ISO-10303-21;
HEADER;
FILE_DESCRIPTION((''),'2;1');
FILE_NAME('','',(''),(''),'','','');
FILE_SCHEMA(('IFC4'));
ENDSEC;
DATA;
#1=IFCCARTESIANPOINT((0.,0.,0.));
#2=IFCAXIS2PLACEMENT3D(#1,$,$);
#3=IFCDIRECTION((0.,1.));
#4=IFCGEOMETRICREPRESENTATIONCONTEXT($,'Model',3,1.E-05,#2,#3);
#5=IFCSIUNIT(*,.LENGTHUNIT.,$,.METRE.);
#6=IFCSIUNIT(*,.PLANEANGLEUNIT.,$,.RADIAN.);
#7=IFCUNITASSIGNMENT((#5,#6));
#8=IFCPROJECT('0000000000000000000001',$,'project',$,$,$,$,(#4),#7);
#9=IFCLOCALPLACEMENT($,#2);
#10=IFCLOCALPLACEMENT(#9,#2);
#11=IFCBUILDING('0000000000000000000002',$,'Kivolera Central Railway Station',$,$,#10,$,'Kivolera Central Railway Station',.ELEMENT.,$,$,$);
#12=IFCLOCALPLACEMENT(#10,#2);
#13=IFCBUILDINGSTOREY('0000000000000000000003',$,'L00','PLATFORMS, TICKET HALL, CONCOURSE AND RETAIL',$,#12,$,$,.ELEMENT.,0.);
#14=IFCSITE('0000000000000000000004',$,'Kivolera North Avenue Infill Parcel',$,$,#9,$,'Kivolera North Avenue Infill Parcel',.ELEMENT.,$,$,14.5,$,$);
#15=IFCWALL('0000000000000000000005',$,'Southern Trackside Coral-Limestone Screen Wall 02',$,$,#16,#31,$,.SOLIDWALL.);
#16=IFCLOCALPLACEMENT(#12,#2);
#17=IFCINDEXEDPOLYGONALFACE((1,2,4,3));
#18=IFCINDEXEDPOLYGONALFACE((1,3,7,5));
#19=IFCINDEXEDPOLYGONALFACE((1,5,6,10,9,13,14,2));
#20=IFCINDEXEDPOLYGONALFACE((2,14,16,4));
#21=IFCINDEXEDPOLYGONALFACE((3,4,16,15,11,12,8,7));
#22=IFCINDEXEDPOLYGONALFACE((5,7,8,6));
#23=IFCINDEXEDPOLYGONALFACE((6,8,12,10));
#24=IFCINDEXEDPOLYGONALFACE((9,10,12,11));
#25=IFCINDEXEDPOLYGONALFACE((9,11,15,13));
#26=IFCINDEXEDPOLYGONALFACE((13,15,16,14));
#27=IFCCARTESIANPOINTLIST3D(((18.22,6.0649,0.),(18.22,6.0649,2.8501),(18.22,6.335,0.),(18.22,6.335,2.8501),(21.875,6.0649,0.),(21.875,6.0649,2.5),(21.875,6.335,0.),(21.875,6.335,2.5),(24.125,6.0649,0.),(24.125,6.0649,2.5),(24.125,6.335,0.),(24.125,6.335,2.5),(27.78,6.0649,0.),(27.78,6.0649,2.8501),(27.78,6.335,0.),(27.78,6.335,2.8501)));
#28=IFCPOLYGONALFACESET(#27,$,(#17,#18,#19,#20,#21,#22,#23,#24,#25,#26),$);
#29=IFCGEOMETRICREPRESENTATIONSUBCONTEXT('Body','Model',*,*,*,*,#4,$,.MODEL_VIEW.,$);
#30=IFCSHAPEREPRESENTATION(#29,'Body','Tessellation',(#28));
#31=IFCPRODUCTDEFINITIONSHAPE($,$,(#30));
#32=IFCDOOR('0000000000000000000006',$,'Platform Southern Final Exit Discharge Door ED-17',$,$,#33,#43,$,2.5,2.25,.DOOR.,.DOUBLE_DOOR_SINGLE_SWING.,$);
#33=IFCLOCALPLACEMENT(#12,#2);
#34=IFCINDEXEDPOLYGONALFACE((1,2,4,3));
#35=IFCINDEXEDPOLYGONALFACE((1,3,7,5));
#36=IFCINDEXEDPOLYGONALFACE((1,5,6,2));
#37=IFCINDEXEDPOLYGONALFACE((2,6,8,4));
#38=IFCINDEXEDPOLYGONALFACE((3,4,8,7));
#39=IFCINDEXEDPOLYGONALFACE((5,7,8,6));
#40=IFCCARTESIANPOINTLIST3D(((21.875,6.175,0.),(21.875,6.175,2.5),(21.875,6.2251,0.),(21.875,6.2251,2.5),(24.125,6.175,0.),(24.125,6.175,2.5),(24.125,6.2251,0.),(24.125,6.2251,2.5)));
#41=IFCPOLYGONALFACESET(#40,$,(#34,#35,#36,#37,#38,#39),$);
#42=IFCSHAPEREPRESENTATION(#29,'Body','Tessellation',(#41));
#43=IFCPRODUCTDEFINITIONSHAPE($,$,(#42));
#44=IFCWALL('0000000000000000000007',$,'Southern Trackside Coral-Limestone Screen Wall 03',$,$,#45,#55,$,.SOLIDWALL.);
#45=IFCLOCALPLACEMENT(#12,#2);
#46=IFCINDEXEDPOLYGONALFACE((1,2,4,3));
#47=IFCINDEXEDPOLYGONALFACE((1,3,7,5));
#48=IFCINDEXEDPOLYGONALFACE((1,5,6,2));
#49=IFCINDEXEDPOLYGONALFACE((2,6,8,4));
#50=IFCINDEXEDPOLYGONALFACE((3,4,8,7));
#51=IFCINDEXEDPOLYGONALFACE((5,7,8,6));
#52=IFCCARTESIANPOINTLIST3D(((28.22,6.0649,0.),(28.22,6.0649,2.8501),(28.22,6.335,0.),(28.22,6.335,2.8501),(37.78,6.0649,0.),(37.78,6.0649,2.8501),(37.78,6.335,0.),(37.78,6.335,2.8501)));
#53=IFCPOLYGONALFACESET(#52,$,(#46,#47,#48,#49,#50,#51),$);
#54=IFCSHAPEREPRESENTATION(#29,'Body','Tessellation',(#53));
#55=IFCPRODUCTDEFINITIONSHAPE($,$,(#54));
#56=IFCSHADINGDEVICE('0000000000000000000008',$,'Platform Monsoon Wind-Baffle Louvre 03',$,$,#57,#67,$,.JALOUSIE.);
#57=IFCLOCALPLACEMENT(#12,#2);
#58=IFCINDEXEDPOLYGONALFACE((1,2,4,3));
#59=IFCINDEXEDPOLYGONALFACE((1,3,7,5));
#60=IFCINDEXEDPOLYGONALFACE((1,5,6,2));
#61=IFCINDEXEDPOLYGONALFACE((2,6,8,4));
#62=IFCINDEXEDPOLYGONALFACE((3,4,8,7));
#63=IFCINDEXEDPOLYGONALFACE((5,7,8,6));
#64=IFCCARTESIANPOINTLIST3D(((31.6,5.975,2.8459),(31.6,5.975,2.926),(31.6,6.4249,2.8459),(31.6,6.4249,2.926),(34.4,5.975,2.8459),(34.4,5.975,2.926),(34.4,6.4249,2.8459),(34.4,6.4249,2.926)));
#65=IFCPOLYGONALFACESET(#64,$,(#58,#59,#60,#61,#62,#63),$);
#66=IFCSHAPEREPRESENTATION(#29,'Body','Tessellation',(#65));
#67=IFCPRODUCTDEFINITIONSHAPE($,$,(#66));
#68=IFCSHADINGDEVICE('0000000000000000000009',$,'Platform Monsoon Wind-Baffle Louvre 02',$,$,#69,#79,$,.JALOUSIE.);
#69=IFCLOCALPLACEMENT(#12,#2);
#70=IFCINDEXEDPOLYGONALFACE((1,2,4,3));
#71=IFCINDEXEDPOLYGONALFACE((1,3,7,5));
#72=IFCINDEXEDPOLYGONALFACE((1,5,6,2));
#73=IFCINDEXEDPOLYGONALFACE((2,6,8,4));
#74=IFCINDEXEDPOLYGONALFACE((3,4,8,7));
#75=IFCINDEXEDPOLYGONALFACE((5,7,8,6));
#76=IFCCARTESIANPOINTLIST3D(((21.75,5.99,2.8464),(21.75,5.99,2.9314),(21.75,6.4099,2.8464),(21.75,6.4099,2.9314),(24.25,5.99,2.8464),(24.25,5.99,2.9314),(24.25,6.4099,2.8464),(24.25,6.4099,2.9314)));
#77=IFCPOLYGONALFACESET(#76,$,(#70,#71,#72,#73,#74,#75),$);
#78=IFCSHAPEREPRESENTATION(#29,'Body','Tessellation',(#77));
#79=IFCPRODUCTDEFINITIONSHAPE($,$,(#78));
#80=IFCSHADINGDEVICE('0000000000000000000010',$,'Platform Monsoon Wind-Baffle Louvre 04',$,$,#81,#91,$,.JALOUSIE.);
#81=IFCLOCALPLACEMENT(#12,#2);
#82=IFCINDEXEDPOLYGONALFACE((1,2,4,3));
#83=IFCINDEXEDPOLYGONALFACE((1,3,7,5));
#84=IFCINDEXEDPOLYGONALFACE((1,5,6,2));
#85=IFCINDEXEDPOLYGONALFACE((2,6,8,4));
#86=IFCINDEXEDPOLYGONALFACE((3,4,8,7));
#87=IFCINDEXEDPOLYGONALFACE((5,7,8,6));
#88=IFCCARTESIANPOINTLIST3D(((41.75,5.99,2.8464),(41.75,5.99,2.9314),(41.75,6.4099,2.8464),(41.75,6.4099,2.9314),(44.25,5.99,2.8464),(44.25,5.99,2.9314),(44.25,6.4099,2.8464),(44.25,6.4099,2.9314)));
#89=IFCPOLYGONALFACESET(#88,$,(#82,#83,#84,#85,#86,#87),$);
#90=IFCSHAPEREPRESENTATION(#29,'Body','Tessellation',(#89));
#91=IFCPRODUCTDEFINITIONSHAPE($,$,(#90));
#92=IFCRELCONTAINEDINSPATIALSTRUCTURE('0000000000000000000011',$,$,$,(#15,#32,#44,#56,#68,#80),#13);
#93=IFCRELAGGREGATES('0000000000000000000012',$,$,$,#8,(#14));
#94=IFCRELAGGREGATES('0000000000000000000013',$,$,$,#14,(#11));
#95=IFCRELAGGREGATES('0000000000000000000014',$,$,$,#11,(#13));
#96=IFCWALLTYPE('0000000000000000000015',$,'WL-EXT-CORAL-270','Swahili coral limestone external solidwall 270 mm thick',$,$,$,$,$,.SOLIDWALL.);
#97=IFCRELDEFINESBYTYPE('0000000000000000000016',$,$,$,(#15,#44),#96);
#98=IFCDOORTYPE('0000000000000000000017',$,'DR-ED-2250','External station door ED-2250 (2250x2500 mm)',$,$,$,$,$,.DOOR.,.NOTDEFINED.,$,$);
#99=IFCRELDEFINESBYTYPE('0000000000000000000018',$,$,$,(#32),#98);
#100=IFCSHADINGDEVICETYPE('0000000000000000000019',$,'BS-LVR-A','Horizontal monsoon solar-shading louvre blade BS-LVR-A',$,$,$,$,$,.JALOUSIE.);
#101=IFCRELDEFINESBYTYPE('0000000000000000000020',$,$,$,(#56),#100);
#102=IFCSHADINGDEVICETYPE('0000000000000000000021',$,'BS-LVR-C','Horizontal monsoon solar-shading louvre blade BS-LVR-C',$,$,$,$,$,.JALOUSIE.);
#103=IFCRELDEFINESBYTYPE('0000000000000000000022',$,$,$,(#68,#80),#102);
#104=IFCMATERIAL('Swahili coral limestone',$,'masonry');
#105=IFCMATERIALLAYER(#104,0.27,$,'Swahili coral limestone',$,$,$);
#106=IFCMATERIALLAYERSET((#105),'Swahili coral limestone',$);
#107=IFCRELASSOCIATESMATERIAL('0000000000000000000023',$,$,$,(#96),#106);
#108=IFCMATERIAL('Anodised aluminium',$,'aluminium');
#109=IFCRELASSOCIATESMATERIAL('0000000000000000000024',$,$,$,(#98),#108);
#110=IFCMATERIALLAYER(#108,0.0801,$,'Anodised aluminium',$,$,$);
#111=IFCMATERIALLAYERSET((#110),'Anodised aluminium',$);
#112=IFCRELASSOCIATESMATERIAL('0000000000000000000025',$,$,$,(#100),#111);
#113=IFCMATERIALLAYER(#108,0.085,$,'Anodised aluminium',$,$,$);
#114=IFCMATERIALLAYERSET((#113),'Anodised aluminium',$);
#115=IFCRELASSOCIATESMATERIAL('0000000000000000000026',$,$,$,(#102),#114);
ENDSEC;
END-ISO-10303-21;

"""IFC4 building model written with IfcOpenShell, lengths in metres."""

from ifc_helpers import new_model, si_unit, direction, frame, frame_2d, origin, origin_2d, place, context, subcontext, project, spatial, rectangle, extrude, material, layer, layer_set, type_object, element, fill, save


model = new_model("IFC4")

# Units and contexts
model_context = context("Model", 3, precision=1e-05, world=origin(), true_north=direction((0.0, 1.0)))
body_context = subcontext(model_context, "Body", "Model", "MODEL_VIEW")
ifc_project = project(units=[si_unit("LENGTHUNIT", "METRE"), si_unit("PLANEANGLEUNIT", "RADIAN")], contexts=[model_context])

# Site, building, storey
site_placement = place(None, origin())
site = spatial("IfcSite", under=ifc_project, at=site_placement, Name="Kivolera North Avenue Infill Parcel", LongName="Kivolera North Avenue Infill Parcel", CompositionType="ELEMENT", RefElevation=14.5)
building_placement = place(site_placement, origin())
building = spatial("IfcBuilding", under=site, at=building_placement, Name="Kivolera Central Railway Station", LongName="Kivolera Central Railway Station", CompositionType="ELEMENT")
storey_placement = place(building_placement, origin())
storey = spatial("IfcBuildingStorey", under=building, at=storey_placement, Name="L00", Description="PLATFORMS, TICKET HALL, CONCOURSE AND RETAIL", CompositionType="ELEMENT", Elevation=0.0)

# Wall, opening, door
ifc_material_1 = material(Name="Swahili coral limestone", Category="masonry")
ifc_layer_1 = layer(ifc_material_1, 0.27, Name="Swahili coral limestone")
ifc_layer_set_1 = layer_set([ifc_layer_1], Name="Swahili coral limestone")
wall_type = type_object("IfcWallType", Name="WL-EXT-CORAL-270", Description="Swahili coral limestone external solidwall 270 mm thick", PredefinedType="SOLIDWALL", material=ifc_layer_set_1)
wall_1_placement = place(storey_placement, frame((27.78, 6.2, 0.0), z_axis=(0.0, 0.0, 1.0), x_axis=(-1.0, 0.0, 0.0)))
wall_1 = element("IfcWall", 1, at=wall_1_placement, inside=storey, type_object=wall_type, Name="Southern Trackside Coral-Limestone Screen Wall 02", PredefinedType="SOLIDWALL", context=body_context, shape_type="SweptSolid", body=[
    extrude(rectangle(XDim=9.5601, YDim=0.27, at=frame_2d((4.78, 0.0))), origin(), (0.0, 0.0, 1.0), 2.8501),
])
opening_placement = place(wall_1_placement, frame((3.655, 0.0, 0.0)))
opening = element("IfcOpeningElement", 2, at=opening_placement, cuts=wall_1, PredefinedType="OPENING", context=body_context, shape_type="SweptSolid", body=[
    extrude(rectangle(XDim=2.25, YDim=2.5, at=frame_2d((1.125, 1.25))), frame((0.0, 0.145, 0.0), z_axis=(0.0, -1.0, 0.0), x_axis=(1.0, 0.0, 0.0)), (0.0, 0.0, 1.0), 0.29),
])
ifc_material_2 = material(Name="Anodised aluminium", Category="aluminium")
door_type = type_object("IfcDoorType", Name="DR-ED-2250", Description="External station door ED-2250 (2250x2500 mm)", OperationType="NOTDEFINED", PredefinedType="DOOR", material=ifc_material_2)
door_placement = place(opening_placement, origin())
door = element("IfcDoor", 3, at=door_placement, inside=storey, type_object=door_type, Name="Platform Southern Final Exit Discharge Door ED-17", OperationType="DOUBLE_DOOR_SINGLE_SWING", OverallHeight=2.5, OverallWidth=2.25, PredefinedType="DOOR", context=body_context, shape_type="SweptSolid", body=[
    extrude(rectangle(XDim=2.25, YDim=2.5, at=frame_2d((1.125, 1.25))), frame((0.0, 0.0249, 0.0), z_axis=(0.0, -1.0, 0.0), x_axis=(1.0, 0.0, 0.0)), (0.0, 0.0, 1.0), 0.05),
])
fill(opening, door)

# Wall
wall_2_placement = place(storey_placement, frame((37.78, 6.2, 0.0), z_axis=(0.0, 0.0, 1.0), x_axis=(-1.0, 0.0, 0.0)))
element("IfcWall", 4, at=wall_2_placement, inside=storey, type_object=wall_type, Name="Southern Trackside Coral-Limestone Screen Wall 03", PredefinedType="SOLIDWALL", context=body_context, shape_type="SweptSolid", body=[
    extrude(rectangle(XDim=9.5601, YDim=0.27, at=frame_2d((4.78, 0.0))), origin(), (0.0, 0.0, 1.0), 2.8501),
])

# Shading devices
ifc_layer_2 = layer(ifc_material_2, 0.0801, Name="Anodised aluminium")
ifc_layer_set_2 = layer_set([ifc_layer_2], Name="Anodised aluminium")
shading_device_type_1 = type_object("IfcShadingDeviceType", Name="BS-LVR-A", Description="Horizontal monsoon solar-shading louvre blade BS-LVR-A", PredefinedType="JALOUSIE", material=ifc_layer_set_2)
shading_device_placement = place(storey_placement, frame((33.0, 6.2, 2.8459), z_axis=(0.0, 0.0, 1.0), x_axis=(1.0, 0.0, 0.0)))
element("IfcShadingDevice", 5, at=shading_device_placement, inside=storey, type_object=shading_device_type_1, Name="Platform Monsoon Wind-Baffle Louvre 03", PredefinedType="JALOUSIE", context=body_context, shape_type="SweptSolid", body=[
    extrude(rectangle(XDim=2.8, YDim=0.45, at=origin_2d()), origin(), (0.0, 0.0, 1.0), 0.0801),
])
ifc_layer_3 = layer(ifc_material_2, 0.085, Name="Anodised aluminium")
ifc_layer_set_3 = layer_set([ifc_layer_3], Name="Anodised aluminium")
shading_device_type_2 = type_object("IfcShadingDeviceType", Name="BS-LVR-C", Description="Horizontal monsoon solar-shading louvre blade BS-LVR-C", PredefinedType="JALOUSIE", material=ifc_layer_set_3)
for number, where, z_axis, x_axis, name in (
    (6, (23.0, 6.2, 2.8464), (0.0, 0.0, 1.0), (1.0, 0.0, 0.0), "Platform Monsoon Wind-Baffle Louvre 02"),
    (7, (43.0, 6.2, 2.8464), (0.0, 0.0, 1.0), (1.0, 0.0, 0.0), "Platform Monsoon Wind-Baffle Louvre 04"),
):
    element("IfcShadingDevice", number, at=place(storey_placement, frame(where, z_axis=z_axis, x_axis=x_axis)), inside=storey, type_object=shading_device_type_2, Name=name, PredefinedType="JALOUSIE", context=body_context, shape_type="SweptSolid", body=[
        extrude(rectangle(XDim=2.5, YDim=0.4199, at=origin_2d()), origin(), (0.0, 0.0, 1.0), 0.085),
    ])

save(model, "model.ifc")
